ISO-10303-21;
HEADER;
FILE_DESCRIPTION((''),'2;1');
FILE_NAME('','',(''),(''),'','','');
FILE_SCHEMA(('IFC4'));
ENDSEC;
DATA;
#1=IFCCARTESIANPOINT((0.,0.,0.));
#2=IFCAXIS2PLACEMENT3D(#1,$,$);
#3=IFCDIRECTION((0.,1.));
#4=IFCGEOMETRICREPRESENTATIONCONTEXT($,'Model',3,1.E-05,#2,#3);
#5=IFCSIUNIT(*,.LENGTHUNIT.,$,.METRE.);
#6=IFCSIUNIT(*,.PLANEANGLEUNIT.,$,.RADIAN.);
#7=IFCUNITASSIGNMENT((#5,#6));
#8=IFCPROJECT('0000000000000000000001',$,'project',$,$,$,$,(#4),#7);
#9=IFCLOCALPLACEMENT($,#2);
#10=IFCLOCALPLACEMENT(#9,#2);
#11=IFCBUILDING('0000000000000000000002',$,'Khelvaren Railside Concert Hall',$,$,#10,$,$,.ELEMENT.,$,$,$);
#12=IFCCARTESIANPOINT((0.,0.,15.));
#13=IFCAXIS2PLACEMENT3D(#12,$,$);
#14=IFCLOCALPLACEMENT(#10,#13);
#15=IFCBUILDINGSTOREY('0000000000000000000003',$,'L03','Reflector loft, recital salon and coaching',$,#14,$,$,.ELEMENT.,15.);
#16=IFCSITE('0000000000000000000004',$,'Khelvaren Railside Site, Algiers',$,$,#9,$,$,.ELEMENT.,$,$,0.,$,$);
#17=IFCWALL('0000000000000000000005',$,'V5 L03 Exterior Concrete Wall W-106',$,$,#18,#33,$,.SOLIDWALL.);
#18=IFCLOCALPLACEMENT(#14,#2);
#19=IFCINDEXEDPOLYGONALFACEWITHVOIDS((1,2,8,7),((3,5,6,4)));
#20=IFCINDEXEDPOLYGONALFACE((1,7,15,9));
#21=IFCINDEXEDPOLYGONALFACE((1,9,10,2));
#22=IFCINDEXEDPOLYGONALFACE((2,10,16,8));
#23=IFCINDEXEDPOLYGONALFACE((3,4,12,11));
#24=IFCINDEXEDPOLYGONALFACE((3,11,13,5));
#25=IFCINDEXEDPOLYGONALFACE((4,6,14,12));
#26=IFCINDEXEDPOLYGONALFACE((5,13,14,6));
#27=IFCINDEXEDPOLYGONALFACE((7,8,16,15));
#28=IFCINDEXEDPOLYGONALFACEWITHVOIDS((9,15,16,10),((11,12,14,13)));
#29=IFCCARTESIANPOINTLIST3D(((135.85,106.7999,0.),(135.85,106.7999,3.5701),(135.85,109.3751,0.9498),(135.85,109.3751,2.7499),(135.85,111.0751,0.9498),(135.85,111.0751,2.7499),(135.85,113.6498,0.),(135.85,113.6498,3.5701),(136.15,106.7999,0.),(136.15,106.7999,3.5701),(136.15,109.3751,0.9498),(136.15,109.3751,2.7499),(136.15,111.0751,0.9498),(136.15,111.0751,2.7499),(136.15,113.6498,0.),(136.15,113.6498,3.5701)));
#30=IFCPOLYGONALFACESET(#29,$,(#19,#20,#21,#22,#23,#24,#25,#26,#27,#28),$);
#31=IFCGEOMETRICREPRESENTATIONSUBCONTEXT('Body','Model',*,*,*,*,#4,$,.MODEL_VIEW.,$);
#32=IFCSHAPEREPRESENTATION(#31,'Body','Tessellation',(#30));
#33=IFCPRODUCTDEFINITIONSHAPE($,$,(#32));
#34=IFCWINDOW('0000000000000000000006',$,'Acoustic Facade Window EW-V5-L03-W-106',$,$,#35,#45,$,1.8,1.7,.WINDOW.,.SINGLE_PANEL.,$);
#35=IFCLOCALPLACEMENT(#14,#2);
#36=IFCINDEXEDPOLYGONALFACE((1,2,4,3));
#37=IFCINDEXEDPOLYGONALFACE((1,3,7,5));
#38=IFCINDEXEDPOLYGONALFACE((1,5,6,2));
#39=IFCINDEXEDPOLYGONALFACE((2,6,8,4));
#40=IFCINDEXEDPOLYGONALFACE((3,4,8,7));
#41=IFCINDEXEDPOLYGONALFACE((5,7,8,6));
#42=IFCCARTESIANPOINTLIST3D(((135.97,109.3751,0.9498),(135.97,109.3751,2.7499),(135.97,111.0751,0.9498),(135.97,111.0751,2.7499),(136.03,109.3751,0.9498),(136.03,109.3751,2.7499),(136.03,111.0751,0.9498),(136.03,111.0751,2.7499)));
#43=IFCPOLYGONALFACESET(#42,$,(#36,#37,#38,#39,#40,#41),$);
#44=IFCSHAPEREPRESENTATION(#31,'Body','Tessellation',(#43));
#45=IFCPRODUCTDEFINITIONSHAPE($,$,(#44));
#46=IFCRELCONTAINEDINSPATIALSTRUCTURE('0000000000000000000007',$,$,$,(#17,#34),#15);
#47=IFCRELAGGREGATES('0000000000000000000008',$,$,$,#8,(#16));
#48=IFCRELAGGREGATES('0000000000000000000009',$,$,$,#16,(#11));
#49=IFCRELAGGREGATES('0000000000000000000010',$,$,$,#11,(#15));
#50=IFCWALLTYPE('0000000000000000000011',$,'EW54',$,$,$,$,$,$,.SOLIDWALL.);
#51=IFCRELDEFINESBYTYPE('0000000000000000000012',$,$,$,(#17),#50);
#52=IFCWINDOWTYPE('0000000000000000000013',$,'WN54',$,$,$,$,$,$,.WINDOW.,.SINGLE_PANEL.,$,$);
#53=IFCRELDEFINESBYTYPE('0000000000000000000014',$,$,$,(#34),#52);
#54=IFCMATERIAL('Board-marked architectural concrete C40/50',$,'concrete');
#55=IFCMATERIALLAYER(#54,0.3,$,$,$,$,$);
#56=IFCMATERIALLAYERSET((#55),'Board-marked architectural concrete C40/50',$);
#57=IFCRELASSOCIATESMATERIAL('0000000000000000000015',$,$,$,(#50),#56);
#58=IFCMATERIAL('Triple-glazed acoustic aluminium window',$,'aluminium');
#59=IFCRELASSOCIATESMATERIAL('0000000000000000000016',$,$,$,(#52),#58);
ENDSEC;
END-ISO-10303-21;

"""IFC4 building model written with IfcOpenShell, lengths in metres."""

from ifc_helpers import new_model, si_unit, direction, frame, frame_2d, origin, place, context, subcontext, project, spatial, rectangle, extrude, material, layer, layer_set, type_object, element, fill, save


model = new_model("IFC4")

# Units and contexts
model_context = context("Model", 3, precision=1e-05, world=origin(), true_north=direction((0.0, 1.0)))
body_context = subcontext(model_context, "Body", "Model", "MODEL_VIEW")
ifc_project = project(units=[si_unit("LENGTHUNIT", "METRE"), si_unit("PLANEANGLEUNIT", "RADIAN")], contexts=[model_context])

# Site, building, storey
site_placement = place(None, origin())
site = spatial("IfcSite", under=ifc_project, at=site_placement, Name="Khelvaren Railside Site, Algiers", CompositionType="ELEMENT", RefElevation=0.0)
building_placement = place(site_placement, origin())
building = spatial("IfcBuilding", under=site, at=building_placement, Name="Khelvaren Railside Concert Hall", CompositionType="ELEMENT")
storey_placement = place(building_placement, frame((0.0, 0.0, 15.0)))
storey = spatial("IfcBuildingStorey", under=building, at=storey_placement, Name="L03", Description="Reflector loft, recital salon and coaching", CompositionType="ELEMENT", Elevation=15.0)

# Shared definitions
ifc_material_1 = material(Name="Board-marked architectural concrete C40/50", Category="concrete")
ifc_layer_1 = layer(ifc_material_1, 0.3)
ifc_layer_set_1 = layer_set([ifc_layer_1], Name="Board-marked architectural concrete C40/50")
wall_type = type_object("IfcWallType", Name="EW54", PredefinedType="SOLIDWALL", material=ifc_layer_set_1)
ifc_material_2 = material(Name="Triple-glazed acoustic aluminium window", Category="aluminium")

# Wall, opening, window
wall_1_placement = place(storey_placement, frame((136.0, 106.8, 0.0), z_axis=(0.0, 0.0, 1.0), x_axis=(0.0, 1.0, 0.0)))
wall_1 = element("IfcWall", 1, at=wall_1_placement, inside=storey, type_object=wall_type, Name="V5 L03 Exterior Concrete Wall W-106", PredefinedType="SOLIDWALL", context=body_context, shape_type="SweptSolid", body=[
    extrude(rectangle(XDim=6.8499, YDim=0.3, at=frame_2d((3.4248, 0.0))), origin(), (0.0, 0.0, 1.0), 3.5701),
])
opening_1_placement = place(wall_1_placement, frame((2.575, 0.0, 0.95)))
opening_1 = element("IfcOpeningElement", 2, at=opening_1_placement, cuts=wall_1, PredefinedType="OPENING", context=body_context, shape_type="SweptSolid", body=[
    extrude(rectangle(XDim=1.7, YDim=1.8, at=frame_2d((0.8501, 0.8999))), frame((0.0, 0.1599, 0.0), z_axis=(0.0, -1.0, 0.0), x_axis=(1.0, 0.0, 0.0)), (0.0, 0.0, 1.0), 0.3201),
])
window_type_1 = type_object("IfcWindowType", Name="WN54", PartitioningType="SINGLE_PANEL", PredefinedType="WINDOW", material=ifc_material_2)
window_1_placement = place(opening_1_placement, origin())
window_1 = element("IfcWindow", 3, at=window_1_placement, inside=storey, type_object=window_type_1, Name="Acoustic Facade Window EW-V5-L03-W-106", OverallHeight=1.8, OverallWidth=1.7, PartitioningType="SINGLE_PANEL", PredefinedType="WINDOW", context=body_context, shape_type="SweptSolid", body=[
    extrude(rectangle(XDim=1.7, YDim=1.8, at=frame_2d((0.8501, 0.8999))), frame((0.0, 0.03, 0.0), z_axis=(0.0, -1.0, 0.0), x_axis=(1.0, 0.0, 0.0)), (0.0, 0.0, 1.0), 0.0601),
])
fill(opening_1, window_1)

save(model, "model.ifc")
